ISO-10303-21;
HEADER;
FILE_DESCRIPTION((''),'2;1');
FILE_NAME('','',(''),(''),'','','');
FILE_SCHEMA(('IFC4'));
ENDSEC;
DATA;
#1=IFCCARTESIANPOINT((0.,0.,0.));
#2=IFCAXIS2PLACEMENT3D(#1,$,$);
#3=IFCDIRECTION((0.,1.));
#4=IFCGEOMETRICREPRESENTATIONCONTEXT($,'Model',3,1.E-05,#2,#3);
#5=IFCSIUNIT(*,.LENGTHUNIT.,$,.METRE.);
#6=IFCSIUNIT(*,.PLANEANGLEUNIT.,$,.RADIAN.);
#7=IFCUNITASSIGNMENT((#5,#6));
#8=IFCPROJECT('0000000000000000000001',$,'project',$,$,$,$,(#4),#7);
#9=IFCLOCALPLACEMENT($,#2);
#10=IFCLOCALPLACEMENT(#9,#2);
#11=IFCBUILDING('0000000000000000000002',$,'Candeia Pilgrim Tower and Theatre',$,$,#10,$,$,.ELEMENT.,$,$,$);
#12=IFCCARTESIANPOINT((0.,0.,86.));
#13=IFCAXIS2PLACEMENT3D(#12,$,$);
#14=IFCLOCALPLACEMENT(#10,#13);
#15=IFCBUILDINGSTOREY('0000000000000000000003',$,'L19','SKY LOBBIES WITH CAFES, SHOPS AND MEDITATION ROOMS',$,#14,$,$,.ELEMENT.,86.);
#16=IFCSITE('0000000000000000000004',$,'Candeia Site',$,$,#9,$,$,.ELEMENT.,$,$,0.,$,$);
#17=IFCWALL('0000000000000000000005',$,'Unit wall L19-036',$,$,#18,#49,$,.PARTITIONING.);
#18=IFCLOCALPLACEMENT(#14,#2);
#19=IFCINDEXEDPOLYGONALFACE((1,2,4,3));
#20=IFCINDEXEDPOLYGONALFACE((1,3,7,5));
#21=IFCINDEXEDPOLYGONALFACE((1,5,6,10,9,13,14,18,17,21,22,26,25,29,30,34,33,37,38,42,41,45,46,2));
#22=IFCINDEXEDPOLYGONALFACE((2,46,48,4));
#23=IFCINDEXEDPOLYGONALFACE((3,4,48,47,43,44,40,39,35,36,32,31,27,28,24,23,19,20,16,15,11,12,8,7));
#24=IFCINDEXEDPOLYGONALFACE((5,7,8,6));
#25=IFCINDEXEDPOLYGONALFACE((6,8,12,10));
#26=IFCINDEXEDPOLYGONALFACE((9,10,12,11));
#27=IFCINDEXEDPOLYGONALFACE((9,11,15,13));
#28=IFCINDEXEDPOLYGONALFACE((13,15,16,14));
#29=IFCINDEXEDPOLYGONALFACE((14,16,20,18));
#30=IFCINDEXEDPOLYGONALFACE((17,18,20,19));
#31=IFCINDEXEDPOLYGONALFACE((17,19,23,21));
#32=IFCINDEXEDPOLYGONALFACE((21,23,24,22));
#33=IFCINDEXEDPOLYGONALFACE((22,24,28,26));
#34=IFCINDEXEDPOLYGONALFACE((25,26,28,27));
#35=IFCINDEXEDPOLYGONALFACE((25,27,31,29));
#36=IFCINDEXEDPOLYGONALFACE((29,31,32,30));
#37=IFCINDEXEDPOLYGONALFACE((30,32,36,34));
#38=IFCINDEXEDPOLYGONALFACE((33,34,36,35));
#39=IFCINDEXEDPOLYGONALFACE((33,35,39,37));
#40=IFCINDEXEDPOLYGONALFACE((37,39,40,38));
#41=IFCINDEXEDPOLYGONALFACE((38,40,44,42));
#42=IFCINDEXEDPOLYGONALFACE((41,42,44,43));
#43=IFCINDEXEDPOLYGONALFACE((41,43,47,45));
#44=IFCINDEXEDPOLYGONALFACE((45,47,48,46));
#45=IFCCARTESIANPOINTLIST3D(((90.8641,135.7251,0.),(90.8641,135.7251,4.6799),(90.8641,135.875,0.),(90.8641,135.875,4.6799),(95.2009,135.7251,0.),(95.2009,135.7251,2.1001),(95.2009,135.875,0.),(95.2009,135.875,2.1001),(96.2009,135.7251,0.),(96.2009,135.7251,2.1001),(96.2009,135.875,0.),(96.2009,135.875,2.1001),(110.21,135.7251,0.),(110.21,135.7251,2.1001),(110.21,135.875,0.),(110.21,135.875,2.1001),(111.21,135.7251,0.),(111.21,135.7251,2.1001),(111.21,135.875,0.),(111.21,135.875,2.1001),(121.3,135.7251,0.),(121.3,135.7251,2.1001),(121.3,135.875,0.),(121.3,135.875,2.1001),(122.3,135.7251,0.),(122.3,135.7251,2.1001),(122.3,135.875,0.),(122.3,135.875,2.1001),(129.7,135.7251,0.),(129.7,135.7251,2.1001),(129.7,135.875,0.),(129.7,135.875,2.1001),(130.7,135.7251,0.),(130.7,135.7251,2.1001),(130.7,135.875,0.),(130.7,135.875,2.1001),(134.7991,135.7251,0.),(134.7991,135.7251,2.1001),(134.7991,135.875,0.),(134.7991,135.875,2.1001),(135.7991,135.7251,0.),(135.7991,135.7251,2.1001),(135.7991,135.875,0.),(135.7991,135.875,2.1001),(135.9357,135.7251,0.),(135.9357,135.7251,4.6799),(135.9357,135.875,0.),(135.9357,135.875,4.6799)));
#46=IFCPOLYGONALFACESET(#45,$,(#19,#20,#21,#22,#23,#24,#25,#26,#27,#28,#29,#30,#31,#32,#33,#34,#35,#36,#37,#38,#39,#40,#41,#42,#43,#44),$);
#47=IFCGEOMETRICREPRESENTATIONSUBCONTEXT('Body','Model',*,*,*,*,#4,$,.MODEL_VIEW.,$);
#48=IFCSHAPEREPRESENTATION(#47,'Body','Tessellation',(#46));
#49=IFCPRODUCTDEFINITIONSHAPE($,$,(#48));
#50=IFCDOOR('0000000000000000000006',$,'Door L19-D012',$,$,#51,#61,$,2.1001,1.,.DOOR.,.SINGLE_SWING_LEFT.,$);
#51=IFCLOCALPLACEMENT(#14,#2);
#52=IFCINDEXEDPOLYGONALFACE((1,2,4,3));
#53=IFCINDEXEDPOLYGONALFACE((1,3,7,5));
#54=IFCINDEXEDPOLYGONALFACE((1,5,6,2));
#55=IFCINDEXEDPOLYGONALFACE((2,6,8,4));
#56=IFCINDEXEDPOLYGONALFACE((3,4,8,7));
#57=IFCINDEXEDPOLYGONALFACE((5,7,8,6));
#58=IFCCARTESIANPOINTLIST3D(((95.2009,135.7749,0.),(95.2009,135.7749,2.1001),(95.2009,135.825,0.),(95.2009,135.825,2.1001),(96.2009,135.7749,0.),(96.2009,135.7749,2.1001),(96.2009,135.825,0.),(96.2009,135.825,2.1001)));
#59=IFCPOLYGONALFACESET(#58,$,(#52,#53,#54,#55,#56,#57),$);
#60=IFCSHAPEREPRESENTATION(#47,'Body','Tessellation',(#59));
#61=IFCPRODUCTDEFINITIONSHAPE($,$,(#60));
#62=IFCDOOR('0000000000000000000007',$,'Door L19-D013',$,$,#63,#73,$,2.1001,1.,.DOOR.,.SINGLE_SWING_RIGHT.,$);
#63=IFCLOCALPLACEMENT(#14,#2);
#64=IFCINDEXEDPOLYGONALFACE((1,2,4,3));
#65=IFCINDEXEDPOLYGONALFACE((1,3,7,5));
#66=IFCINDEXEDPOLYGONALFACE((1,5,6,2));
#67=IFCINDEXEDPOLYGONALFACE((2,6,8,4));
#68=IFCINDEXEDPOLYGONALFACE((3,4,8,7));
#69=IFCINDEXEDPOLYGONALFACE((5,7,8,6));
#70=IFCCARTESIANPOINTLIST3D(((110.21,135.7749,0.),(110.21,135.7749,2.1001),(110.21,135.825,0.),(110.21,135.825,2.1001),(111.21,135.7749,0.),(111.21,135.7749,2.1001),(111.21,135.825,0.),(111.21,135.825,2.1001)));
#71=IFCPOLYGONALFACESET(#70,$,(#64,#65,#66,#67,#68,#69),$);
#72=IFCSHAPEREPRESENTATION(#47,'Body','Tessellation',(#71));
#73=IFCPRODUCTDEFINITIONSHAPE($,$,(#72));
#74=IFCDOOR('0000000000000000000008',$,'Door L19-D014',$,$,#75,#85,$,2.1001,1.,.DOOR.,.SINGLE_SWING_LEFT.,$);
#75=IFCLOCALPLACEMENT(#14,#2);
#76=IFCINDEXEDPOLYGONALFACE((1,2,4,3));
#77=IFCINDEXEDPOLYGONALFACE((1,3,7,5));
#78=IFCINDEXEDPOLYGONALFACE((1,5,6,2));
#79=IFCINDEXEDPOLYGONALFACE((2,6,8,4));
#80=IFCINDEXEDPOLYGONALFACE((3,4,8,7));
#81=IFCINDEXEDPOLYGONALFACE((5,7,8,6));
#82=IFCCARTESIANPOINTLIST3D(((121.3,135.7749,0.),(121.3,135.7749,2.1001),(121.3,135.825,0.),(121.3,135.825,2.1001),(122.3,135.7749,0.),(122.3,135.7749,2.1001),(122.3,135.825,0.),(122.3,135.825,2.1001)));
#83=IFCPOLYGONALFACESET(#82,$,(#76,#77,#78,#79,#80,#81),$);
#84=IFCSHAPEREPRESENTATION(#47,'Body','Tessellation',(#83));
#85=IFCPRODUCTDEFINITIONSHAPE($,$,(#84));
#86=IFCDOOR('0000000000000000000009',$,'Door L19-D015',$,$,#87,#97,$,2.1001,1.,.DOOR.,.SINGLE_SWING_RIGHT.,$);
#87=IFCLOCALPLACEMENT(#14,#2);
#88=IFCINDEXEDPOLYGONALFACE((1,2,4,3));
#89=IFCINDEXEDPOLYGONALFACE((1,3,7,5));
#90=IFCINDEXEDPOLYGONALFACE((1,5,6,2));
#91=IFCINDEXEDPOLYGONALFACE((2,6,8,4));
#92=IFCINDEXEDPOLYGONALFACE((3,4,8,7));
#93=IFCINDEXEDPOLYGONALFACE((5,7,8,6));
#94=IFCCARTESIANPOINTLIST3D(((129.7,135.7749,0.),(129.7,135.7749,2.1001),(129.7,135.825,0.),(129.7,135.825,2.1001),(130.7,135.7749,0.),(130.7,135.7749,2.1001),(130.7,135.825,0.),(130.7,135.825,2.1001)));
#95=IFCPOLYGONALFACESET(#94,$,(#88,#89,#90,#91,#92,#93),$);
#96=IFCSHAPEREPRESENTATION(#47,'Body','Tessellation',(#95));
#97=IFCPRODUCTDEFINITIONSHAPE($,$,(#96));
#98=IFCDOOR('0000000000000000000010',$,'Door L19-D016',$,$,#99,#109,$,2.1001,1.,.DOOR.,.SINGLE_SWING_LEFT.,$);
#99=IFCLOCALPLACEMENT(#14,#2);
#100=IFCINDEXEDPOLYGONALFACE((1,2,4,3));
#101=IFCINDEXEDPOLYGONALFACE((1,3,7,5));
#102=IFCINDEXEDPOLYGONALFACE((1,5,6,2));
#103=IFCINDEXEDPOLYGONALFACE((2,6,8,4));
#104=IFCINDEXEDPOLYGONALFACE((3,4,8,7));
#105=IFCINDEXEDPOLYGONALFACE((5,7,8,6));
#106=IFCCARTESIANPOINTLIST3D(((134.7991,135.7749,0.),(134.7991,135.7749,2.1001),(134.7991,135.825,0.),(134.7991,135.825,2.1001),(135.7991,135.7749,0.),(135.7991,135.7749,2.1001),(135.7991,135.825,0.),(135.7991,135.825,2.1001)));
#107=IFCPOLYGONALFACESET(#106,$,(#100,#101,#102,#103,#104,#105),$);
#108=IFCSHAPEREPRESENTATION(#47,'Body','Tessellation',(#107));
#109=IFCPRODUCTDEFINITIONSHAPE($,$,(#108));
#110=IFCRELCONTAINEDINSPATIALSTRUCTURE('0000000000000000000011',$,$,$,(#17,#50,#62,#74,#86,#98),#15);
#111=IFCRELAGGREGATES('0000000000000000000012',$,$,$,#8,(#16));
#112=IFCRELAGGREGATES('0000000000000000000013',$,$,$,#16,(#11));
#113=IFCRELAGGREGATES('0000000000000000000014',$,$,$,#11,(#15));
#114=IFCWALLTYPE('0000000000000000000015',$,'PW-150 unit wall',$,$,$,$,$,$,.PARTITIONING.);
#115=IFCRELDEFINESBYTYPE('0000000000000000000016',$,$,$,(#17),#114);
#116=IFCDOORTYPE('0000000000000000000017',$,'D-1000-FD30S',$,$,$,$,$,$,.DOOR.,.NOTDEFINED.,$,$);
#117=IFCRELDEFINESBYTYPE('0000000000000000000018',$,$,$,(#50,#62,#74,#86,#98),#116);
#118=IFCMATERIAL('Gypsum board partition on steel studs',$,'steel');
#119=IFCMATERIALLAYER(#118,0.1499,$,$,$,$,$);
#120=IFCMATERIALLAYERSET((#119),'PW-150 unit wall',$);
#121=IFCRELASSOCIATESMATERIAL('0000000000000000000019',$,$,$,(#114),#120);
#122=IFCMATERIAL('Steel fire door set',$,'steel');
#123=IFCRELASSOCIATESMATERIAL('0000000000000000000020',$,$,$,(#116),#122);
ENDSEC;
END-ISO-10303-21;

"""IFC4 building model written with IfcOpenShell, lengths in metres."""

from ifc_helpers import new_model, si_unit, direction, frame, frame_2d, origin, place, context, subcontext, project, spatial, rectangle, extrude, material, layer, layer_set, type_object, element, fill, save


model = new_model("IFC4")

# Units and contexts
model_context = context("Model", 3, precision=1e-05, world=origin(), true_north=direction((0.0, 1.0)))
body_context = subcontext(model_context, "Body", "Model", "MODEL_VIEW")
ifc_project = project(units=[si_unit("LENGTHUNIT", "METRE"), si_unit("PLANEANGLEUNIT", "RADIAN")], contexts=[model_context])

# Site, building, storey
site_placement = place(None, origin())
site = spatial("IfcSite", under=ifc_project, at=site_placement, Name="Candeia Site", CompositionType="ELEMENT", RefElevation=0.0)
building_placement = place(site_placement, origin())
building = spatial("IfcBuilding", under=site, at=building_placement, Name="Candeia Pilgrim Tower and Theatre", CompositionType="ELEMENT")
storey_placement = place(building_placement, frame((0.0, 0.0, 86.0)))
storey = spatial("IfcBuildingStorey", under=building, at=storey_placement, Name="L19", Description="SKY LOBBIES WITH CAFES, SHOPS AND MEDITATION ROOMS", CompositionType="ELEMENT", Elevation=86.0)

# Wall, openings, doors
ifc_material_1 = material(Name="Gypsum board partition on steel studs", Category="steel")
ifc_layer_1 = layer(ifc_material_1, 0.1499)
ifc_layer_set_1 = layer_set([ifc_layer_1], Name="PW-150 unit wall")
wall_type = type_object("IfcWallType", Name="PW-150 unit wall", PredefinedType="PARTITIONING", material=ifc_layer_set_1)
wall_placement = place(storey_placement, frame((90.8643, 135.8, 0.0), z_axis=(0.0, 0.0, 1.0), x_axis=(1.0, 0.0, 0.0)))
wall = element("IfcWall", 1, at=wall_placement, inside=storey, type_object=wall_type, Name="Unit wall L19-036", PredefinedType="PARTITIONING", context=body_context, shape_type="SweptSolid", body=[
    extrude(rectangle(XDim=45.0715, YDim=0.1499, at=frame_2d((22.5356, 0.0))), origin(), (0.0, 0.0, 1.0), 4.6799),
])
opening_1_placement = place(wall_placement, frame((4.3367, 0.0, 0.0)))
opening_1 = element("IfcOpeningElement", 2, at=opening_1_placement, cuts=wall, PredefinedType="OPENING", context=body_context, shape_type="SweptSolid", body=[
    extrude(rectangle(XDim=1.0, YDim=2.1001, at=frame_2d((0.5, 1.05))), frame((0.0, 0.085, 0.0), z_axis=(0.0, -1.0, 0.0), x_axis=(1.0, 0.0, 0.0)), (0.0, 0.0, 1.0), 0.1699),
])
opening_2_placement = place(wall_placement, frame((19.3457, 0.0, 0.0)))
opening_2 = element("IfcOpeningElement", 3, at=opening_2_placement, cuts=wall, PredefinedType="OPENING", context=body_context, shape_type="SweptSolid", body=[
    extrude(rectangle(XDim=1.0, YDim=2.1001, at=frame_2d((0.5, 1.05))), frame((0.0, 0.085, 0.0), z_axis=(0.0, -1.0, 0.0), x_axis=(1.0, 0.0, 0.0)), (0.0, 0.0, 1.0), 0.1699),
])
opening_3_placement = place(wall_placement, frame((30.4358, 0.0, 0.0)))
opening_3 = element("IfcOpeningElement", 4, at=opening_3_placement, cuts=wall, PredefinedType="OPENING", context=body_context, shape_type="SweptSolid", body=[
    extrude(rectangle(XDim=1.0, YDim=2.1001, at=frame_2d((0.5, 1.05))), frame((0.0, 0.085, 0.0), z_axis=(0.0, -1.0, 0.0), x_axis=(1.0, 0.0, 0.0)), (0.0, 0.0, 1.0), 0.1699),
])
opening_4_placement = place(wall_placement, frame((38.8357, 0.0, 0.0)))
opening_4 = element("IfcOpeningElement", 5, at=opening_4_placement, cuts=wall, PredefinedType="OPENING", context=body_context, shape_type="SweptSolid", body=[
    extrude(rectangle(XDim=1.0, YDim=2.1001, at=frame_2d((0.5, 1.05))), frame((0.0, 0.085, 0.0), z_axis=(0.0, -1.0, 0.0), x_axis=(1.0, 0.0, 0.0)), (0.0, 0.0, 1.0), 0.1699),
])
opening_5_placement = place(wall_placement, frame((43.9348, 0.0, 0.0)))
opening_5 = element("IfcOpeningElement", 6, at=opening_5_placement, cuts=wall, PredefinedType="OPENING", context=body_context, shape_type="SweptSolid", body=[
    extrude(rectangle(XDim=1.0, YDim=2.1001, at=frame_2d((0.5, 1.05))), frame((0.0, 0.085, 0.0), z_axis=(0.0, -1.0, 0.0), x_axis=(1.0, 0.0, 0.0)), (0.0, 0.0, 1.0), 0.1699),
])
ifc_material_2 = material(Name="Steel fire door set", Category="steel")
door_type = type_object("IfcDoorType", Name="D-1000-FD30S", OperationType="NOTDEFINED", PredefinedType="DOOR", material=ifc_material_2)
door_1_placement = place(opening_1_placement, origin())
door_1 = element("IfcDoor", 7, at=door_1_placement, inside=storey, type_object=door_type, Name="Door L19-D012", OperationType="SINGLE_SWING_LEFT", OverallHeight=2.1001, OverallWidth=1.0, PredefinedType="DOOR", context=body_context, shape_type="SweptSolid", body=[
    extrude(rectangle(XDim=1.0, YDim=2.1001, at=frame_2d((0.5, 1.05))), frame((0.0, 0.0249, 0.0), z_axis=(0.0, -1.0, 0.0), x_axis=(1.0, 0.0, 0.0)), (0.0, 0.0, 1.0), 0.05),
])
fill(opening_1, door_1)
door_2_placement = place(opening_2_placement, origin())
door_2 = element("IfcDoor", 8, at=door_2_placement, inside=storey, type_object=door_type, Name="Door L19-D013", OperationType="SINGLE_SWING_RIGHT", OverallHeight=2.1001, OverallWidth=1.0, PredefinedType="DOOR", context=body_context, shape_type="SweptSolid", body=[
    extrude(rectangle(XDim=1.0, YDim=2.1001, at=frame_2d((0.5, 1.05))), frame((0.0, 0.0249, 0.0), z_axis=(0.0, -1.0, 0.0), x_axis=(1.0, 0.0, 0.0)), (0.0, 0.0, 1.0), 0.05),
])
fill(opening_2, door_2)
door_3_placement = place(opening_3_placement, origin())
door_3 = element("IfcDoor", 9, at=door_3_placement, inside=storey, type_object=door_type, Name="Door L19-D014", OperationType="SINGLE_SWING_LEFT", OverallHeight=2.1001, OverallWidth=1.0, PredefinedType="DOOR", context=body_context, shape_type="SweptSolid", body=[
    extrude(rectangle(XDim=1.0, YDim=2.1001, at=frame_2d((0.5, 1.05))), frame((0.0, 0.0249, 0.0), z_axis=(0.0, -1.0, 0.0), x_axis=(1.0, 0.0, 0.0)), (0.0, 0.0, 1.0), 0.05),
])
fill(opening_3, door_3)
door_4_placement = place(opening_4_placement, origin())
door_4 = element("IfcDoor", 10, at=door_4_placement, inside=storey, type_object=door_type, Name="Door L19-D015", OperationType="SINGLE_SWING_RIGHT", OverallHeight=2.1001, OverallWidth=1.0, PredefinedType="DOOR", context=body_context, shape_type="SweptSolid", body=[
    extrude(rectangle(XDim=1.0, YDim=2.1001, at=frame_2d((0.5, 1.05))), frame((0.0, 0.0249, 0.0), z_axis=(0.0, -1.0, 0.0), x_axis=(1.0, 0.0, 0.0)), (0.0, 0.0, 1.0), 0.05),
])
fill(opening_4, door_4)
door_5_placement = place(opening_5_placement, origin())
door_5 = element("IfcDoor", 11, at=door_5_placement, inside=storey, type_object=door_type, Name="Door L19-D016", OperationType="SINGLE_SWING_LEFT", OverallHeight=2.1001, OverallWidth=1.0, PredefinedType="DOOR", context=body_context, shape_type="SweptSolid", body=[
    extrude(rectangle(XDim=1.0, YDim=2.1001, at=frame_2d((0.5, 1.05))), frame((0.0, 0.0249, 0.0), z_axis=(0.0, -1.0, 0.0), x_axis=(1.0, 0.0, 0.0)), (0.0, 0.0, 1.0), 0.05),
])
fill(opening_5, door_5)

save(model, "model.ifc")
